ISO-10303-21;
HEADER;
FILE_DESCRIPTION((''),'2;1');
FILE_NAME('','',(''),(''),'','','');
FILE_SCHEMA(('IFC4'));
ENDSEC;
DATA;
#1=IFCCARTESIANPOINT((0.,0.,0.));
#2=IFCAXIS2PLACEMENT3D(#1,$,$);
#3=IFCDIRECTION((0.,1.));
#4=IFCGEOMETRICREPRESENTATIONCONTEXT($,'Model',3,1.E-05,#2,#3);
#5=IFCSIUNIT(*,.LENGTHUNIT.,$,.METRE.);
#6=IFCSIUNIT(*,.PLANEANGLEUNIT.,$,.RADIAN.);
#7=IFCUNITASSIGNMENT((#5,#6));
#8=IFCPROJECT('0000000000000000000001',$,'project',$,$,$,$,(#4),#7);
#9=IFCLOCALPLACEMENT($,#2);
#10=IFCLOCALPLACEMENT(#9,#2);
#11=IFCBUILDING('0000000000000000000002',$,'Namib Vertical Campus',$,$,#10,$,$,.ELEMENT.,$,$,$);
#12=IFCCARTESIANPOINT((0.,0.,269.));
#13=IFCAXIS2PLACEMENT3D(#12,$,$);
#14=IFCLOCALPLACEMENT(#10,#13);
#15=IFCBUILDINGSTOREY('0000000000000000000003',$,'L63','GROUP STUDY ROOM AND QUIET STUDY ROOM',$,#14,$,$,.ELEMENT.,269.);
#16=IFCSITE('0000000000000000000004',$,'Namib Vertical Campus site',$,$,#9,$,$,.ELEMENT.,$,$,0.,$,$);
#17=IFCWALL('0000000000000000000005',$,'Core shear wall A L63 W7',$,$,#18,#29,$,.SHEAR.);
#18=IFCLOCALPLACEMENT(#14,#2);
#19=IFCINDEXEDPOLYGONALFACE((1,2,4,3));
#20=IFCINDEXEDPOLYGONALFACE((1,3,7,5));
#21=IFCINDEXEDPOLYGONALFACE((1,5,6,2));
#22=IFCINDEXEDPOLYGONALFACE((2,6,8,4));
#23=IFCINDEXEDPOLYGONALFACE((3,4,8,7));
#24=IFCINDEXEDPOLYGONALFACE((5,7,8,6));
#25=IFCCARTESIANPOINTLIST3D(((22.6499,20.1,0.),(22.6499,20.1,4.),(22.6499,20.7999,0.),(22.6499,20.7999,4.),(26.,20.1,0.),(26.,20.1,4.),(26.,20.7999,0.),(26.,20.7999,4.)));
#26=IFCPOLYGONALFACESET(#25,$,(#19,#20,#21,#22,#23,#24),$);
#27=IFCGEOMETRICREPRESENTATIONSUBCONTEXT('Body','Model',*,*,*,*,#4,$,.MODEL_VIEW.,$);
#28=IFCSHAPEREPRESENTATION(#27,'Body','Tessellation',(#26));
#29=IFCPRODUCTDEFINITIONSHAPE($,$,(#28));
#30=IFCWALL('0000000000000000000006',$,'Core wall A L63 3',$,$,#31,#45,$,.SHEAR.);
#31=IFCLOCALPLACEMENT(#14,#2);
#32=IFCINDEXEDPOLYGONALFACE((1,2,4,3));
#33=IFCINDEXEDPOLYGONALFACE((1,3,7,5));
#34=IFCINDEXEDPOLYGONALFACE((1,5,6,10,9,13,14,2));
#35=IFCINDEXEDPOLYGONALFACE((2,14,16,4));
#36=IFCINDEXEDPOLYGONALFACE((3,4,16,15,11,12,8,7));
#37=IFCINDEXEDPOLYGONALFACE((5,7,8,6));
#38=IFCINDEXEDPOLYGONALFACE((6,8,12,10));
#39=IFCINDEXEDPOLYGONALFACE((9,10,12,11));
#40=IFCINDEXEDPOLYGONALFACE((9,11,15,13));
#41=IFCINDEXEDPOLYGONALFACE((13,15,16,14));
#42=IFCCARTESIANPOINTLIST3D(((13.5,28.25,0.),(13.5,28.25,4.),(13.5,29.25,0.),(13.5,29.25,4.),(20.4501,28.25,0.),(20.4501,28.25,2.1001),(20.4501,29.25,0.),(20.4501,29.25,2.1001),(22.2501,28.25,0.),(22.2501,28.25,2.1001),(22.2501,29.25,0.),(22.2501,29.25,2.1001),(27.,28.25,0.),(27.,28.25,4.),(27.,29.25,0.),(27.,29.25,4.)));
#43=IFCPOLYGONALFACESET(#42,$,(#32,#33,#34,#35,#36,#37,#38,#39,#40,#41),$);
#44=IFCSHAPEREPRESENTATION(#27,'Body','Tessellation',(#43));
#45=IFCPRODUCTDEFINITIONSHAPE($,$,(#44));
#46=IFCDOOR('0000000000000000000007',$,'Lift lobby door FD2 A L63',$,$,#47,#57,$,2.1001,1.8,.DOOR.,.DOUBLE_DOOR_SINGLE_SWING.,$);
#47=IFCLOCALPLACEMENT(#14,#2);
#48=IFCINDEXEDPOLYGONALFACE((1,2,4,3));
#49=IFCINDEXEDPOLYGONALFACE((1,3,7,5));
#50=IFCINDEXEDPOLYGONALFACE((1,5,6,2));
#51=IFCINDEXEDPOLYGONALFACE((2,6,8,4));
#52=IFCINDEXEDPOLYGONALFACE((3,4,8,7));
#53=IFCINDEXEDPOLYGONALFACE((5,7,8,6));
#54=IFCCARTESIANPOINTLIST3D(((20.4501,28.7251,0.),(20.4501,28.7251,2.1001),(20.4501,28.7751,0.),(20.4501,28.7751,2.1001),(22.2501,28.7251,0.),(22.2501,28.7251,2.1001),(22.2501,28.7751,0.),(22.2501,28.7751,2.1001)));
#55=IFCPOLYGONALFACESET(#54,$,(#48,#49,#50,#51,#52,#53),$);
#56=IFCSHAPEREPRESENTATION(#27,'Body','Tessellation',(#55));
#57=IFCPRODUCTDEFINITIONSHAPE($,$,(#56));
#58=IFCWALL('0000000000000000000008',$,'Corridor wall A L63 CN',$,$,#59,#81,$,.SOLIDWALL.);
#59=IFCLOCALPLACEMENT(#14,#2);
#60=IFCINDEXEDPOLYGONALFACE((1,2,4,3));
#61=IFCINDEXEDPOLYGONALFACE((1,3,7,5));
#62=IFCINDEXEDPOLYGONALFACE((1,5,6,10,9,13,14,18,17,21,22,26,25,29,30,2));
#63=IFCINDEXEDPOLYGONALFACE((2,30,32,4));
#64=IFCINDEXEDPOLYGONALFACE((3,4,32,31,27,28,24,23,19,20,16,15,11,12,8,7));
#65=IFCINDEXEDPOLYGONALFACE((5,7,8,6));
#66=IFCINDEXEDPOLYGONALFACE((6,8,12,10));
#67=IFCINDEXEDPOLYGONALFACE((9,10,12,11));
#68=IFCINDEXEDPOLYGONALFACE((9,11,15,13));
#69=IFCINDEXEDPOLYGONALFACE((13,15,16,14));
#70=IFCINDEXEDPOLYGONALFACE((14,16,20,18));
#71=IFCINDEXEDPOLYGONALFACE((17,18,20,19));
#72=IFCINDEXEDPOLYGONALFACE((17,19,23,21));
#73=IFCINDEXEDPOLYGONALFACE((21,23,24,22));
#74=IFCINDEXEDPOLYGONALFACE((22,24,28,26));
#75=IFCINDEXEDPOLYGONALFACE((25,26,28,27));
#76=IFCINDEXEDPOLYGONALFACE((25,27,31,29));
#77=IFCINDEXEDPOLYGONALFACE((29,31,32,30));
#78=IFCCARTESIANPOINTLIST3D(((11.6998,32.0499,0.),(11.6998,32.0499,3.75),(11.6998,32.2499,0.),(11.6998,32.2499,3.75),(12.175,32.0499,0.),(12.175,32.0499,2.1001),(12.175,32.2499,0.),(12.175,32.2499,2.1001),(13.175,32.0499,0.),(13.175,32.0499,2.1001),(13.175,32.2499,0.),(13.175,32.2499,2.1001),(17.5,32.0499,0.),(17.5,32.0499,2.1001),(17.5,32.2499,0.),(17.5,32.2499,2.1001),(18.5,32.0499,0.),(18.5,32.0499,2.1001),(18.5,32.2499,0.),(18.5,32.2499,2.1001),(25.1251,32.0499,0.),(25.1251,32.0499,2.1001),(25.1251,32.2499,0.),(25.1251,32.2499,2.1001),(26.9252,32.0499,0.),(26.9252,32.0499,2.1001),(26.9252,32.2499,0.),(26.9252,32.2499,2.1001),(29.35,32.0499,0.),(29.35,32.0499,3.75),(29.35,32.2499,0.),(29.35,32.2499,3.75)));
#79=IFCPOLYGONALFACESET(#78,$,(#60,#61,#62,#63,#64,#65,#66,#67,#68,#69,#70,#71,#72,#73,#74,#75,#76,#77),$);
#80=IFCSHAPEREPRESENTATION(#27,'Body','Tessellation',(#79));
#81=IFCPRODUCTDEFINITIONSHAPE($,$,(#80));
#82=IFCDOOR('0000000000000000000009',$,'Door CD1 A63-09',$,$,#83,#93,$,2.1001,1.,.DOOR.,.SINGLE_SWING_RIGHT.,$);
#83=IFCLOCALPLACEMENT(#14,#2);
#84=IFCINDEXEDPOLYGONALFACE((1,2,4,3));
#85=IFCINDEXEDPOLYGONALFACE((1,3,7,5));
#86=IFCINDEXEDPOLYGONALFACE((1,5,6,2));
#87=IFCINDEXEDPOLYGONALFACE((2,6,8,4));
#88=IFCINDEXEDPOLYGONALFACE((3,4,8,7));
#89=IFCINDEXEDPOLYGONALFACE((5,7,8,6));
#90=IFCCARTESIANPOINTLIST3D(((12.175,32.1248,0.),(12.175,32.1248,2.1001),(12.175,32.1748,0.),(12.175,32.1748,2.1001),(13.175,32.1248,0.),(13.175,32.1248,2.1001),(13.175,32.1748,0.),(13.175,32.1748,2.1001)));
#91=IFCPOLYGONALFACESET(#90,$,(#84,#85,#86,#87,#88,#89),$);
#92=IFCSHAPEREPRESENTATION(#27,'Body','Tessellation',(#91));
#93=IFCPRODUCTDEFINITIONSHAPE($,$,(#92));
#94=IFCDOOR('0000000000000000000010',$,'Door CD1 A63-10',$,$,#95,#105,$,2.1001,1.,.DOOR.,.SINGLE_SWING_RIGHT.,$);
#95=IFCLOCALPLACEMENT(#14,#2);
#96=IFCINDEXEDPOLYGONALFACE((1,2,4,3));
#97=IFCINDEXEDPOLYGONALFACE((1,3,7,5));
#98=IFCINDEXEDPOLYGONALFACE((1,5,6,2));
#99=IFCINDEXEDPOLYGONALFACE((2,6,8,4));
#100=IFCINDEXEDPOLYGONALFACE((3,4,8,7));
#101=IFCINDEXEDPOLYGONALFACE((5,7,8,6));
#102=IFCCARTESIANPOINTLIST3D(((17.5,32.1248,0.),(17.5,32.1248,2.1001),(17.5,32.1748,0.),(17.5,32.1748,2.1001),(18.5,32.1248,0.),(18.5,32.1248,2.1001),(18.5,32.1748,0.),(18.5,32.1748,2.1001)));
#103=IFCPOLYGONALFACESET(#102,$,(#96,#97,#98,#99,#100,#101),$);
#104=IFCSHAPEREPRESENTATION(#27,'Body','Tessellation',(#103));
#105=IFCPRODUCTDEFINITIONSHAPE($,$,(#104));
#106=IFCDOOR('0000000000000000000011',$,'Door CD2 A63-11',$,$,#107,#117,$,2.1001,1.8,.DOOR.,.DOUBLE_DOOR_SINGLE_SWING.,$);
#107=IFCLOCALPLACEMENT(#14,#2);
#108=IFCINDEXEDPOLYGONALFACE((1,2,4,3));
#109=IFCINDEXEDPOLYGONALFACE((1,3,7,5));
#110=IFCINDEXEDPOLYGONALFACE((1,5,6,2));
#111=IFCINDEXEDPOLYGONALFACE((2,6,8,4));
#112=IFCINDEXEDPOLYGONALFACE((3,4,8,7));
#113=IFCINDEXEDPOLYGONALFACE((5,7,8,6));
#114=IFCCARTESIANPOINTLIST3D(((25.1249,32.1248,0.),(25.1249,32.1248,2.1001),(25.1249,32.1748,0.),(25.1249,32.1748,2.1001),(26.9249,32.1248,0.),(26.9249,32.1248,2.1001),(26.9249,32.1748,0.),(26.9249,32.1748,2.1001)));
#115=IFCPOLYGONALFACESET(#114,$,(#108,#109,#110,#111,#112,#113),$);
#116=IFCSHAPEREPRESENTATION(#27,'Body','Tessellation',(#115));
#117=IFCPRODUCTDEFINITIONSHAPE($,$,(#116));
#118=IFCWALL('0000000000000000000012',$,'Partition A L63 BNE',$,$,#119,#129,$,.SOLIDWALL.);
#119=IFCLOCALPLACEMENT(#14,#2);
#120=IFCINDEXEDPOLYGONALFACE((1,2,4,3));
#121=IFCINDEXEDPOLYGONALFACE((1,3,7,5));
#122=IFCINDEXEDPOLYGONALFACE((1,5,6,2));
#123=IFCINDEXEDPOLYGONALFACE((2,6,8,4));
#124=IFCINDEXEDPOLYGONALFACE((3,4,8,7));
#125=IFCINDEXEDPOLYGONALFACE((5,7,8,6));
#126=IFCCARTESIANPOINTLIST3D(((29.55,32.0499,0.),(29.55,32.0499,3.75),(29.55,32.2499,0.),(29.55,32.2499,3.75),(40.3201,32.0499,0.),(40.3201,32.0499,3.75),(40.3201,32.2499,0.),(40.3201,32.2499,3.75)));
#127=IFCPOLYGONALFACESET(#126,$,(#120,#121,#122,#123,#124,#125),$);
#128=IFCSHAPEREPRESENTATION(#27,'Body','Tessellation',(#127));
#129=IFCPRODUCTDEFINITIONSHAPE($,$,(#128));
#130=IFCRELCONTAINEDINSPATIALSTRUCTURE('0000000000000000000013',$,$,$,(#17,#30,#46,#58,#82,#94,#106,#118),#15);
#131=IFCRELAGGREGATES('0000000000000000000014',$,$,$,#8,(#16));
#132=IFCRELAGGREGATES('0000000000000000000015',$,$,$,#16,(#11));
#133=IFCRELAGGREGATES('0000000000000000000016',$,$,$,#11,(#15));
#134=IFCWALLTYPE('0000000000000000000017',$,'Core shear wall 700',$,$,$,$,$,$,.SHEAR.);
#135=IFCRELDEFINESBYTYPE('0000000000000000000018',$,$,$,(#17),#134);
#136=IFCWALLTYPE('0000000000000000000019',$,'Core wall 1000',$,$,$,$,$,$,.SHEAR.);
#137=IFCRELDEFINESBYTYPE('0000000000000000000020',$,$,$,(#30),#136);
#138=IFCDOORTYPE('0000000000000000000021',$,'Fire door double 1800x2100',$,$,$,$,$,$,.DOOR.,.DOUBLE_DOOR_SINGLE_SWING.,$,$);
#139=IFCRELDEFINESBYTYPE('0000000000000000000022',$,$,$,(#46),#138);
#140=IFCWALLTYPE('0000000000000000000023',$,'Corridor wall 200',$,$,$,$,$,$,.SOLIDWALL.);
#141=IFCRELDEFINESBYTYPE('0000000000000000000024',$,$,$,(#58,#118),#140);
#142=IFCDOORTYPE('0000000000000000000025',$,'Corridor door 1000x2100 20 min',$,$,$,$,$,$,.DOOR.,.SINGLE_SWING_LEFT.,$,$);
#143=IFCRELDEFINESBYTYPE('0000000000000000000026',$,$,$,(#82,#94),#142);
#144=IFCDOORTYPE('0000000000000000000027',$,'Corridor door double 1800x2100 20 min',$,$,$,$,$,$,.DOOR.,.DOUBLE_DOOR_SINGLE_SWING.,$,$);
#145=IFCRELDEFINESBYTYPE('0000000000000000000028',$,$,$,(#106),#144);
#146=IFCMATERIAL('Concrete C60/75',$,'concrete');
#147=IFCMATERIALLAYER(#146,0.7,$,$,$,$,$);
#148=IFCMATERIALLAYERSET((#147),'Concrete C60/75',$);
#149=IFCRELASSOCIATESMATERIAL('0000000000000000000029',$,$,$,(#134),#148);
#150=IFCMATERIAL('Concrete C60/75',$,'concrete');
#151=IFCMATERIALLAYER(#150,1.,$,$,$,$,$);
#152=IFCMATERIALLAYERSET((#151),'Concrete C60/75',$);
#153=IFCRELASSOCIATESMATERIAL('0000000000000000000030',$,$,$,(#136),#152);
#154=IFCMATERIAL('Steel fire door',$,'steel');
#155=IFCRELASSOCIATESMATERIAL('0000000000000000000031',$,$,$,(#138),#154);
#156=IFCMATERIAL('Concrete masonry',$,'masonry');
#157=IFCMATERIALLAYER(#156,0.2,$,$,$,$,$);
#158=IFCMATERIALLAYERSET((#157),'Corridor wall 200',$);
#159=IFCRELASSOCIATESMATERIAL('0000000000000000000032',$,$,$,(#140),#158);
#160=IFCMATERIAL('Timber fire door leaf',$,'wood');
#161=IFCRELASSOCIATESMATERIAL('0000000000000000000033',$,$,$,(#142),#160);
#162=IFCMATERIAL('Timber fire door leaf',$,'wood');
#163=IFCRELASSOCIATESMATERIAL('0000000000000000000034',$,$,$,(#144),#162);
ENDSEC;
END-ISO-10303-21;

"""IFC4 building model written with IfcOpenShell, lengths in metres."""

from ifc_helpers import new_model, si_unit, direction, frame, frame_2d, origin, place, context, subcontext, project, spatial, rectangle, extrude, material, layer, layer_set, type_object, element, fill, save


model = new_model("IFC4")

# Units and contexts
model_context = context("Model", 3, precision=1e-05, world=origin(), true_north=direction((0.0, 1.0)))
body_context = subcontext(model_context, "Body", "Model", "MODEL_VIEW")
ifc_project = project(units=[si_unit("LENGTHUNIT", "METRE"), si_unit("PLANEANGLEUNIT", "RADIAN")], contexts=[model_context])

# Site, building, storey
site_placement = place(None, origin())
site = spatial("IfcSite", under=ifc_project, at=site_placement, Name="Namib Vertical Campus site", CompositionType="ELEMENT", RefElevation=0.0)
building_placement = place(site_placement, origin())
building = spatial("IfcBuilding", under=site, at=building_placement, Name="Namib Vertical Campus", CompositionType="ELEMENT")
storey_placement = place(building_placement, frame((0.0, 0.0, 269.0)))
storey = spatial("IfcBuildingStorey", under=building, at=storey_placement, Name="L63", Description="GROUP STUDY ROOM AND QUIET STUDY ROOM", CompositionType="ELEMENT", Elevation=269.0)

# Wall
ifc_material_1 = material(Name="Concrete C60/75", Category="concrete")
ifc_layer_1 = layer(ifc_material_1, 0.7)
ifc_layer_set_1 = layer_set([ifc_layer_1], Name="Concrete C60/75")
wall_type_1 = type_object("IfcWallType", Name="Core shear wall 700", PredefinedType="SHEAR", material=ifc_layer_set_1)
wall_1_placement = place(storey_placement, frame((22.6499, 20.45, 0.0), z_axis=(0.0, 0.0, 1.0), x_axis=(1.0, 0.0, 0.0)))
element("IfcWall", 1, at=wall_1_placement, inside=storey, type_object=wall_type_1, Name="Core shear wall A L63 W7", PredefinedType="SHEAR", context=body_context, shape_type="SweptSolid", body=[
    extrude(rectangle(XDim=3.3501, YDim=0.7, at=frame_2d((1.675, 0.0))), origin(), (0.0, 0.0, 1.0), 4.0),
])

# Wall, opening, door
ifc_material_2 = material(Name="Concrete C60/75", Category="concrete")
ifc_layer_2 = layer(ifc_material_2, 1.0)
ifc_layer_set_2 = layer_set([ifc_layer_2], Name="Concrete C60/75")
wall_type_2 = type_object("IfcWallType", Name="Core wall 1000", PredefinedType="SHEAR", material=ifc_layer_set_2)
wall_2_placement = place(storey_placement, frame((27.0, 28.75, 0.0), z_axis=(0.0, 0.0, 1.0), x_axis=(-1.0, 0.0, 0.0)))
wall_2 = element("IfcWall", 2, at=wall_2_placement, inside=storey, type_object=wall_type_2, Name="Core wall A L63 3", PredefinedType="SHEAR", context=body_context, shape_type="SweptSolid", body=[
    extrude(rectangle(XDim=13.5, YDim=1.0, at=frame_2d((6.75, 0.0))), origin(), (0.0, 0.0, 1.0), 4.0),
])
opening_1_placement = place(wall_2_placement, frame((4.75, 0.0, 0.0)))
opening_1 = element("IfcOpeningElement", 3, at=opening_1_placement, cuts=wall_2, PredefinedType="OPENING", context=body_context, shape_type="SweptSolid", body=[
    extrude(rectangle(XDim=1.8, YDim=2.1001, at=frame_2d((0.8999, 1.05))), frame((0.0, 0.51, 0.0), z_axis=(0.0, -1.0, 0.0), x_axis=(1.0, 0.0, 0.0)), (0.0, 0.0, 1.0), 1.02),
])
ifc_material_3 = material(Name="Steel fire door", Category="steel")
door_type_1 = type_object("IfcDoorType", Name="Fire door double 1800x2100", OperationType="DOUBLE_DOOR_SINGLE_SWING", PredefinedType="DOOR", material=ifc_material_3)
door_1_placement = place(opening_1_placement, origin())
door_1 = element("IfcDoor", 4, at=door_1_placement, inside=storey, type_object=door_type_1, Name="Lift lobby door FD2 A L63", OperationType="DOUBLE_DOOR_SINGLE_SWING", OverallHeight=2.1001, OverallWidth=1.8, PredefinedType="DOOR", context=body_context, shape_type="SweptSolid", body=[
    extrude(rectangle(XDim=1.8, YDim=2.1001, at=frame_2d((0.8999, 1.05))), frame((0.0, 0.0249, 0.0), z_axis=(0.0, -1.0, 0.0), x_axis=(1.0, 0.0, 0.0)), (0.0, 0.0, 1.0), 0.05),
])
fill(opening_1, door_1)

# Wall, openings, doors
ifc_material_4 = material(Name="Concrete masonry", Category="masonry")
ifc_layer_3 = layer(ifc_material_4, 0.2)
ifc_layer_set_3 = layer_set([ifc_layer_3], Name="Corridor wall 200")
wall_type_3 = type_object("IfcWallType", Name="Corridor wall 200", PredefinedType="SOLIDWALL", material=ifc_layer_set_3)
wall_3_placement = place(storey_placement, frame((29.3501, 32.1499, 0.0), z_axis=(0.0, 0.0, 1.0), x_axis=(-1.0, 0.0, 0.0)))
wall_3 = element("IfcWall", 5, at=wall_3_placement, inside=storey, type_object=wall_type_3, Name="Corridor wall A L63 CN", PredefinedType="SOLIDWALL", context=body_context, shape_type="SweptSolid", body=[
    extrude(rectangle(XDim=17.6501, YDim=0.2, at=frame_2d((8.8252, 0.0))), origin(), (0.0, 0.0, 1.0), 3.75),
])
opening_2_placement = place(wall_3_placement, frame((16.175, 0.0, 0.0)))
opening_2 = element("IfcOpeningElement", 6, at=opening_2_placement, cuts=wall_3, PredefinedType="OPENING", context=body_context, shape_type="SweptSolid", body=[
    extrude(rectangle(XDim=1.0, YDim=2.1001, at=frame_2d((0.5, 1.05))), frame((0.0, 0.1099, 0.0), z_axis=(0.0, -1.0, 0.0), x_axis=(1.0, 0.0, 0.0)), (0.0, 0.0, 1.0), 0.22),
])
opening_3_placement = place(wall_3_placement, frame((10.8501, 0.0, 0.0)))
opening_3 = element("IfcOpeningElement", 7, at=opening_3_placement, cuts=wall_3, PredefinedType="OPENING", context=body_context, shape_type="SweptSolid", body=[
    extrude(rectangle(XDim=1.0, YDim=2.1001, at=frame_2d((0.5, 1.05))), frame((0.0, 0.1099, 0.0), z_axis=(0.0, -1.0, 0.0), x_axis=(1.0, 0.0, 0.0)), (0.0, 0.0, 1.0), 0.22),
])
opening_4_placement = place(wall_3_placement, frame((2.425, 0.0, 0.0)))
opening_4 = element("IfcOpeningElement", 8, at=opening_4_placement, cuts=wall_3, PredefinedType="OPENING", context=body_context, shape_type="SweptSolid", body=[
    extrude(rectangle(XDim=1.8, YDim=2.1001, at=frame_2d((0.8999, 1.05))), frame((0.0, 0.1099, 0.0), z_axis=(0.0, -1.0, 0.0), x_axis=(1.0, 0.0, 0.0)), (0.0, 0.0, 1.0), 0.22),
])
ifc_material_5 = material(Name="Timber fire door leaf", Category="wood")
door_type_2 = type_object("IfcDoorType", Name="Corridor door 1000x2100 20 min", OperationType="SINGLE_SWING_LEFT", PredefinedType="DOOR", material=ifc_material_5)
door_2_placement = place(opening_2_placement, frame((1.0, 0.0, 0.0), z_axis=(0.0, 0.0, 1.0), x_axis=(-1.0, 0.0, 0.0)))
door_2 = element("IfcDoor", 9, at=door_2_placement, inside=storey, type_object=door_type_2, Name="Door CD1 A63-09", OperationType="SINGLE_SWING_RIGHT", OverallHeight=2.1001, OverallWidth=1.0, PredefinedType="DOOR", context=body_context, shape_type="SweptSolid", body=[
    extrude(rectangle(XDim=1.0, YDim=2.1001, at=frame_2d((0.5, 1.05))), frame((0.0, 0.0249, 0.0), z_axis=(0.0, -1.0, 0.0), x_axis=(1.0, 0.0, 0.0)), (0.0, 0.0, 1.0), 0.05),
])
fill(opening_2, door_2)
door_3_placement = place(opening_3_placement, frame((1.0, 0.0, 0.0), z_axis=(0.0, 0.0, 1.0), x_axis=(-1.0, 0.0, 0.0)))
door_3 = element("IfcDoor", 10, at=door_3_placement, inside=storey, type_object=door_type_2, Name="Door CD1 A63-10", OperationType="SINGLE_SWING_RIGHT", OverallHeight=2.1001, OverallWidth=1.0, PredefinedType="DOOR", context=body_context, shape_type="SweptSolid", body=[
    extrude(rectangle(XDim=1.0, YDim=2.1001, at=frame_2d((0.5, 1.05))), frame((0.0, 0.0249, 0.0), z_axis=(0.0, -1.0, 0.0), x_axis=(1.0, 0.0, 0.0)), (0.0, 0.0, 1.0), 0.05),
])
fill(opening_3, door_3)
ifc_material_6 = material(Name="Timber fire door leaf", Category="wood")
door_type_3 = type_object("IfcDoorType", Name="Corridor door double 1800x2100 20 min", OperationType="DOUBLE_DOOR_SINGLE_SWING", PredefinedType="DOOR", material=ifc_material_6)
door_4_placement = place(opening_4_placement, frame((1.8, 0.0, 0.0), z_axis=(0.0, 0.0, 1.0), x_axis=(-1.0, 0.0, 0.0)))
door_4 = element("IfcDoor", 11, at=door_4_placement, inside=storey, type_object=door_type_3, Name="Door CD2 A63-11", OperationType="DOUBLE_DOOR_SINGLE_SWING", OverallHeight=2.1001, OverallWidth=1.8, PredefinedType="DOOR", context=body_context, shape_type="SweptSolid", body=[
    extrude(rectangle(XDim=1.8, YDim=2.1001, at=frame_2d((0.8999, 1.05))), frame((0.0, 0.0249, 0.0), z_axis=(0.0, -1.0, 0.0), x_axis=(1.0, 0.0, 0.0)), (0.0, 0.0, 1.0), 0.05),
])
fill(opening_4, door_4)

# Wall
wall_4_placement = place(storey_placement, frame((29.55, 32.1499, 0.0), z_axis=(0.0, 0.0, 1.0), x_axis=(1.0, 0.0, 0.0)))
element("IfcWall", 12, at=wall_4_placement, inside=storey, type_object=wall_type_3, Name="Partition A L63 BNE", PredefinedType="SOLIDWALL", context=body_context, shape_type="SweptSolid", body=[
    extrude(rectangle(XDim=10.77, YDim=0.2, at=frame_2d((5.385, 0.0))), origin(), (0.0, 0.0, 1.0), 3.75),
])

save(model, "model.ifc")
